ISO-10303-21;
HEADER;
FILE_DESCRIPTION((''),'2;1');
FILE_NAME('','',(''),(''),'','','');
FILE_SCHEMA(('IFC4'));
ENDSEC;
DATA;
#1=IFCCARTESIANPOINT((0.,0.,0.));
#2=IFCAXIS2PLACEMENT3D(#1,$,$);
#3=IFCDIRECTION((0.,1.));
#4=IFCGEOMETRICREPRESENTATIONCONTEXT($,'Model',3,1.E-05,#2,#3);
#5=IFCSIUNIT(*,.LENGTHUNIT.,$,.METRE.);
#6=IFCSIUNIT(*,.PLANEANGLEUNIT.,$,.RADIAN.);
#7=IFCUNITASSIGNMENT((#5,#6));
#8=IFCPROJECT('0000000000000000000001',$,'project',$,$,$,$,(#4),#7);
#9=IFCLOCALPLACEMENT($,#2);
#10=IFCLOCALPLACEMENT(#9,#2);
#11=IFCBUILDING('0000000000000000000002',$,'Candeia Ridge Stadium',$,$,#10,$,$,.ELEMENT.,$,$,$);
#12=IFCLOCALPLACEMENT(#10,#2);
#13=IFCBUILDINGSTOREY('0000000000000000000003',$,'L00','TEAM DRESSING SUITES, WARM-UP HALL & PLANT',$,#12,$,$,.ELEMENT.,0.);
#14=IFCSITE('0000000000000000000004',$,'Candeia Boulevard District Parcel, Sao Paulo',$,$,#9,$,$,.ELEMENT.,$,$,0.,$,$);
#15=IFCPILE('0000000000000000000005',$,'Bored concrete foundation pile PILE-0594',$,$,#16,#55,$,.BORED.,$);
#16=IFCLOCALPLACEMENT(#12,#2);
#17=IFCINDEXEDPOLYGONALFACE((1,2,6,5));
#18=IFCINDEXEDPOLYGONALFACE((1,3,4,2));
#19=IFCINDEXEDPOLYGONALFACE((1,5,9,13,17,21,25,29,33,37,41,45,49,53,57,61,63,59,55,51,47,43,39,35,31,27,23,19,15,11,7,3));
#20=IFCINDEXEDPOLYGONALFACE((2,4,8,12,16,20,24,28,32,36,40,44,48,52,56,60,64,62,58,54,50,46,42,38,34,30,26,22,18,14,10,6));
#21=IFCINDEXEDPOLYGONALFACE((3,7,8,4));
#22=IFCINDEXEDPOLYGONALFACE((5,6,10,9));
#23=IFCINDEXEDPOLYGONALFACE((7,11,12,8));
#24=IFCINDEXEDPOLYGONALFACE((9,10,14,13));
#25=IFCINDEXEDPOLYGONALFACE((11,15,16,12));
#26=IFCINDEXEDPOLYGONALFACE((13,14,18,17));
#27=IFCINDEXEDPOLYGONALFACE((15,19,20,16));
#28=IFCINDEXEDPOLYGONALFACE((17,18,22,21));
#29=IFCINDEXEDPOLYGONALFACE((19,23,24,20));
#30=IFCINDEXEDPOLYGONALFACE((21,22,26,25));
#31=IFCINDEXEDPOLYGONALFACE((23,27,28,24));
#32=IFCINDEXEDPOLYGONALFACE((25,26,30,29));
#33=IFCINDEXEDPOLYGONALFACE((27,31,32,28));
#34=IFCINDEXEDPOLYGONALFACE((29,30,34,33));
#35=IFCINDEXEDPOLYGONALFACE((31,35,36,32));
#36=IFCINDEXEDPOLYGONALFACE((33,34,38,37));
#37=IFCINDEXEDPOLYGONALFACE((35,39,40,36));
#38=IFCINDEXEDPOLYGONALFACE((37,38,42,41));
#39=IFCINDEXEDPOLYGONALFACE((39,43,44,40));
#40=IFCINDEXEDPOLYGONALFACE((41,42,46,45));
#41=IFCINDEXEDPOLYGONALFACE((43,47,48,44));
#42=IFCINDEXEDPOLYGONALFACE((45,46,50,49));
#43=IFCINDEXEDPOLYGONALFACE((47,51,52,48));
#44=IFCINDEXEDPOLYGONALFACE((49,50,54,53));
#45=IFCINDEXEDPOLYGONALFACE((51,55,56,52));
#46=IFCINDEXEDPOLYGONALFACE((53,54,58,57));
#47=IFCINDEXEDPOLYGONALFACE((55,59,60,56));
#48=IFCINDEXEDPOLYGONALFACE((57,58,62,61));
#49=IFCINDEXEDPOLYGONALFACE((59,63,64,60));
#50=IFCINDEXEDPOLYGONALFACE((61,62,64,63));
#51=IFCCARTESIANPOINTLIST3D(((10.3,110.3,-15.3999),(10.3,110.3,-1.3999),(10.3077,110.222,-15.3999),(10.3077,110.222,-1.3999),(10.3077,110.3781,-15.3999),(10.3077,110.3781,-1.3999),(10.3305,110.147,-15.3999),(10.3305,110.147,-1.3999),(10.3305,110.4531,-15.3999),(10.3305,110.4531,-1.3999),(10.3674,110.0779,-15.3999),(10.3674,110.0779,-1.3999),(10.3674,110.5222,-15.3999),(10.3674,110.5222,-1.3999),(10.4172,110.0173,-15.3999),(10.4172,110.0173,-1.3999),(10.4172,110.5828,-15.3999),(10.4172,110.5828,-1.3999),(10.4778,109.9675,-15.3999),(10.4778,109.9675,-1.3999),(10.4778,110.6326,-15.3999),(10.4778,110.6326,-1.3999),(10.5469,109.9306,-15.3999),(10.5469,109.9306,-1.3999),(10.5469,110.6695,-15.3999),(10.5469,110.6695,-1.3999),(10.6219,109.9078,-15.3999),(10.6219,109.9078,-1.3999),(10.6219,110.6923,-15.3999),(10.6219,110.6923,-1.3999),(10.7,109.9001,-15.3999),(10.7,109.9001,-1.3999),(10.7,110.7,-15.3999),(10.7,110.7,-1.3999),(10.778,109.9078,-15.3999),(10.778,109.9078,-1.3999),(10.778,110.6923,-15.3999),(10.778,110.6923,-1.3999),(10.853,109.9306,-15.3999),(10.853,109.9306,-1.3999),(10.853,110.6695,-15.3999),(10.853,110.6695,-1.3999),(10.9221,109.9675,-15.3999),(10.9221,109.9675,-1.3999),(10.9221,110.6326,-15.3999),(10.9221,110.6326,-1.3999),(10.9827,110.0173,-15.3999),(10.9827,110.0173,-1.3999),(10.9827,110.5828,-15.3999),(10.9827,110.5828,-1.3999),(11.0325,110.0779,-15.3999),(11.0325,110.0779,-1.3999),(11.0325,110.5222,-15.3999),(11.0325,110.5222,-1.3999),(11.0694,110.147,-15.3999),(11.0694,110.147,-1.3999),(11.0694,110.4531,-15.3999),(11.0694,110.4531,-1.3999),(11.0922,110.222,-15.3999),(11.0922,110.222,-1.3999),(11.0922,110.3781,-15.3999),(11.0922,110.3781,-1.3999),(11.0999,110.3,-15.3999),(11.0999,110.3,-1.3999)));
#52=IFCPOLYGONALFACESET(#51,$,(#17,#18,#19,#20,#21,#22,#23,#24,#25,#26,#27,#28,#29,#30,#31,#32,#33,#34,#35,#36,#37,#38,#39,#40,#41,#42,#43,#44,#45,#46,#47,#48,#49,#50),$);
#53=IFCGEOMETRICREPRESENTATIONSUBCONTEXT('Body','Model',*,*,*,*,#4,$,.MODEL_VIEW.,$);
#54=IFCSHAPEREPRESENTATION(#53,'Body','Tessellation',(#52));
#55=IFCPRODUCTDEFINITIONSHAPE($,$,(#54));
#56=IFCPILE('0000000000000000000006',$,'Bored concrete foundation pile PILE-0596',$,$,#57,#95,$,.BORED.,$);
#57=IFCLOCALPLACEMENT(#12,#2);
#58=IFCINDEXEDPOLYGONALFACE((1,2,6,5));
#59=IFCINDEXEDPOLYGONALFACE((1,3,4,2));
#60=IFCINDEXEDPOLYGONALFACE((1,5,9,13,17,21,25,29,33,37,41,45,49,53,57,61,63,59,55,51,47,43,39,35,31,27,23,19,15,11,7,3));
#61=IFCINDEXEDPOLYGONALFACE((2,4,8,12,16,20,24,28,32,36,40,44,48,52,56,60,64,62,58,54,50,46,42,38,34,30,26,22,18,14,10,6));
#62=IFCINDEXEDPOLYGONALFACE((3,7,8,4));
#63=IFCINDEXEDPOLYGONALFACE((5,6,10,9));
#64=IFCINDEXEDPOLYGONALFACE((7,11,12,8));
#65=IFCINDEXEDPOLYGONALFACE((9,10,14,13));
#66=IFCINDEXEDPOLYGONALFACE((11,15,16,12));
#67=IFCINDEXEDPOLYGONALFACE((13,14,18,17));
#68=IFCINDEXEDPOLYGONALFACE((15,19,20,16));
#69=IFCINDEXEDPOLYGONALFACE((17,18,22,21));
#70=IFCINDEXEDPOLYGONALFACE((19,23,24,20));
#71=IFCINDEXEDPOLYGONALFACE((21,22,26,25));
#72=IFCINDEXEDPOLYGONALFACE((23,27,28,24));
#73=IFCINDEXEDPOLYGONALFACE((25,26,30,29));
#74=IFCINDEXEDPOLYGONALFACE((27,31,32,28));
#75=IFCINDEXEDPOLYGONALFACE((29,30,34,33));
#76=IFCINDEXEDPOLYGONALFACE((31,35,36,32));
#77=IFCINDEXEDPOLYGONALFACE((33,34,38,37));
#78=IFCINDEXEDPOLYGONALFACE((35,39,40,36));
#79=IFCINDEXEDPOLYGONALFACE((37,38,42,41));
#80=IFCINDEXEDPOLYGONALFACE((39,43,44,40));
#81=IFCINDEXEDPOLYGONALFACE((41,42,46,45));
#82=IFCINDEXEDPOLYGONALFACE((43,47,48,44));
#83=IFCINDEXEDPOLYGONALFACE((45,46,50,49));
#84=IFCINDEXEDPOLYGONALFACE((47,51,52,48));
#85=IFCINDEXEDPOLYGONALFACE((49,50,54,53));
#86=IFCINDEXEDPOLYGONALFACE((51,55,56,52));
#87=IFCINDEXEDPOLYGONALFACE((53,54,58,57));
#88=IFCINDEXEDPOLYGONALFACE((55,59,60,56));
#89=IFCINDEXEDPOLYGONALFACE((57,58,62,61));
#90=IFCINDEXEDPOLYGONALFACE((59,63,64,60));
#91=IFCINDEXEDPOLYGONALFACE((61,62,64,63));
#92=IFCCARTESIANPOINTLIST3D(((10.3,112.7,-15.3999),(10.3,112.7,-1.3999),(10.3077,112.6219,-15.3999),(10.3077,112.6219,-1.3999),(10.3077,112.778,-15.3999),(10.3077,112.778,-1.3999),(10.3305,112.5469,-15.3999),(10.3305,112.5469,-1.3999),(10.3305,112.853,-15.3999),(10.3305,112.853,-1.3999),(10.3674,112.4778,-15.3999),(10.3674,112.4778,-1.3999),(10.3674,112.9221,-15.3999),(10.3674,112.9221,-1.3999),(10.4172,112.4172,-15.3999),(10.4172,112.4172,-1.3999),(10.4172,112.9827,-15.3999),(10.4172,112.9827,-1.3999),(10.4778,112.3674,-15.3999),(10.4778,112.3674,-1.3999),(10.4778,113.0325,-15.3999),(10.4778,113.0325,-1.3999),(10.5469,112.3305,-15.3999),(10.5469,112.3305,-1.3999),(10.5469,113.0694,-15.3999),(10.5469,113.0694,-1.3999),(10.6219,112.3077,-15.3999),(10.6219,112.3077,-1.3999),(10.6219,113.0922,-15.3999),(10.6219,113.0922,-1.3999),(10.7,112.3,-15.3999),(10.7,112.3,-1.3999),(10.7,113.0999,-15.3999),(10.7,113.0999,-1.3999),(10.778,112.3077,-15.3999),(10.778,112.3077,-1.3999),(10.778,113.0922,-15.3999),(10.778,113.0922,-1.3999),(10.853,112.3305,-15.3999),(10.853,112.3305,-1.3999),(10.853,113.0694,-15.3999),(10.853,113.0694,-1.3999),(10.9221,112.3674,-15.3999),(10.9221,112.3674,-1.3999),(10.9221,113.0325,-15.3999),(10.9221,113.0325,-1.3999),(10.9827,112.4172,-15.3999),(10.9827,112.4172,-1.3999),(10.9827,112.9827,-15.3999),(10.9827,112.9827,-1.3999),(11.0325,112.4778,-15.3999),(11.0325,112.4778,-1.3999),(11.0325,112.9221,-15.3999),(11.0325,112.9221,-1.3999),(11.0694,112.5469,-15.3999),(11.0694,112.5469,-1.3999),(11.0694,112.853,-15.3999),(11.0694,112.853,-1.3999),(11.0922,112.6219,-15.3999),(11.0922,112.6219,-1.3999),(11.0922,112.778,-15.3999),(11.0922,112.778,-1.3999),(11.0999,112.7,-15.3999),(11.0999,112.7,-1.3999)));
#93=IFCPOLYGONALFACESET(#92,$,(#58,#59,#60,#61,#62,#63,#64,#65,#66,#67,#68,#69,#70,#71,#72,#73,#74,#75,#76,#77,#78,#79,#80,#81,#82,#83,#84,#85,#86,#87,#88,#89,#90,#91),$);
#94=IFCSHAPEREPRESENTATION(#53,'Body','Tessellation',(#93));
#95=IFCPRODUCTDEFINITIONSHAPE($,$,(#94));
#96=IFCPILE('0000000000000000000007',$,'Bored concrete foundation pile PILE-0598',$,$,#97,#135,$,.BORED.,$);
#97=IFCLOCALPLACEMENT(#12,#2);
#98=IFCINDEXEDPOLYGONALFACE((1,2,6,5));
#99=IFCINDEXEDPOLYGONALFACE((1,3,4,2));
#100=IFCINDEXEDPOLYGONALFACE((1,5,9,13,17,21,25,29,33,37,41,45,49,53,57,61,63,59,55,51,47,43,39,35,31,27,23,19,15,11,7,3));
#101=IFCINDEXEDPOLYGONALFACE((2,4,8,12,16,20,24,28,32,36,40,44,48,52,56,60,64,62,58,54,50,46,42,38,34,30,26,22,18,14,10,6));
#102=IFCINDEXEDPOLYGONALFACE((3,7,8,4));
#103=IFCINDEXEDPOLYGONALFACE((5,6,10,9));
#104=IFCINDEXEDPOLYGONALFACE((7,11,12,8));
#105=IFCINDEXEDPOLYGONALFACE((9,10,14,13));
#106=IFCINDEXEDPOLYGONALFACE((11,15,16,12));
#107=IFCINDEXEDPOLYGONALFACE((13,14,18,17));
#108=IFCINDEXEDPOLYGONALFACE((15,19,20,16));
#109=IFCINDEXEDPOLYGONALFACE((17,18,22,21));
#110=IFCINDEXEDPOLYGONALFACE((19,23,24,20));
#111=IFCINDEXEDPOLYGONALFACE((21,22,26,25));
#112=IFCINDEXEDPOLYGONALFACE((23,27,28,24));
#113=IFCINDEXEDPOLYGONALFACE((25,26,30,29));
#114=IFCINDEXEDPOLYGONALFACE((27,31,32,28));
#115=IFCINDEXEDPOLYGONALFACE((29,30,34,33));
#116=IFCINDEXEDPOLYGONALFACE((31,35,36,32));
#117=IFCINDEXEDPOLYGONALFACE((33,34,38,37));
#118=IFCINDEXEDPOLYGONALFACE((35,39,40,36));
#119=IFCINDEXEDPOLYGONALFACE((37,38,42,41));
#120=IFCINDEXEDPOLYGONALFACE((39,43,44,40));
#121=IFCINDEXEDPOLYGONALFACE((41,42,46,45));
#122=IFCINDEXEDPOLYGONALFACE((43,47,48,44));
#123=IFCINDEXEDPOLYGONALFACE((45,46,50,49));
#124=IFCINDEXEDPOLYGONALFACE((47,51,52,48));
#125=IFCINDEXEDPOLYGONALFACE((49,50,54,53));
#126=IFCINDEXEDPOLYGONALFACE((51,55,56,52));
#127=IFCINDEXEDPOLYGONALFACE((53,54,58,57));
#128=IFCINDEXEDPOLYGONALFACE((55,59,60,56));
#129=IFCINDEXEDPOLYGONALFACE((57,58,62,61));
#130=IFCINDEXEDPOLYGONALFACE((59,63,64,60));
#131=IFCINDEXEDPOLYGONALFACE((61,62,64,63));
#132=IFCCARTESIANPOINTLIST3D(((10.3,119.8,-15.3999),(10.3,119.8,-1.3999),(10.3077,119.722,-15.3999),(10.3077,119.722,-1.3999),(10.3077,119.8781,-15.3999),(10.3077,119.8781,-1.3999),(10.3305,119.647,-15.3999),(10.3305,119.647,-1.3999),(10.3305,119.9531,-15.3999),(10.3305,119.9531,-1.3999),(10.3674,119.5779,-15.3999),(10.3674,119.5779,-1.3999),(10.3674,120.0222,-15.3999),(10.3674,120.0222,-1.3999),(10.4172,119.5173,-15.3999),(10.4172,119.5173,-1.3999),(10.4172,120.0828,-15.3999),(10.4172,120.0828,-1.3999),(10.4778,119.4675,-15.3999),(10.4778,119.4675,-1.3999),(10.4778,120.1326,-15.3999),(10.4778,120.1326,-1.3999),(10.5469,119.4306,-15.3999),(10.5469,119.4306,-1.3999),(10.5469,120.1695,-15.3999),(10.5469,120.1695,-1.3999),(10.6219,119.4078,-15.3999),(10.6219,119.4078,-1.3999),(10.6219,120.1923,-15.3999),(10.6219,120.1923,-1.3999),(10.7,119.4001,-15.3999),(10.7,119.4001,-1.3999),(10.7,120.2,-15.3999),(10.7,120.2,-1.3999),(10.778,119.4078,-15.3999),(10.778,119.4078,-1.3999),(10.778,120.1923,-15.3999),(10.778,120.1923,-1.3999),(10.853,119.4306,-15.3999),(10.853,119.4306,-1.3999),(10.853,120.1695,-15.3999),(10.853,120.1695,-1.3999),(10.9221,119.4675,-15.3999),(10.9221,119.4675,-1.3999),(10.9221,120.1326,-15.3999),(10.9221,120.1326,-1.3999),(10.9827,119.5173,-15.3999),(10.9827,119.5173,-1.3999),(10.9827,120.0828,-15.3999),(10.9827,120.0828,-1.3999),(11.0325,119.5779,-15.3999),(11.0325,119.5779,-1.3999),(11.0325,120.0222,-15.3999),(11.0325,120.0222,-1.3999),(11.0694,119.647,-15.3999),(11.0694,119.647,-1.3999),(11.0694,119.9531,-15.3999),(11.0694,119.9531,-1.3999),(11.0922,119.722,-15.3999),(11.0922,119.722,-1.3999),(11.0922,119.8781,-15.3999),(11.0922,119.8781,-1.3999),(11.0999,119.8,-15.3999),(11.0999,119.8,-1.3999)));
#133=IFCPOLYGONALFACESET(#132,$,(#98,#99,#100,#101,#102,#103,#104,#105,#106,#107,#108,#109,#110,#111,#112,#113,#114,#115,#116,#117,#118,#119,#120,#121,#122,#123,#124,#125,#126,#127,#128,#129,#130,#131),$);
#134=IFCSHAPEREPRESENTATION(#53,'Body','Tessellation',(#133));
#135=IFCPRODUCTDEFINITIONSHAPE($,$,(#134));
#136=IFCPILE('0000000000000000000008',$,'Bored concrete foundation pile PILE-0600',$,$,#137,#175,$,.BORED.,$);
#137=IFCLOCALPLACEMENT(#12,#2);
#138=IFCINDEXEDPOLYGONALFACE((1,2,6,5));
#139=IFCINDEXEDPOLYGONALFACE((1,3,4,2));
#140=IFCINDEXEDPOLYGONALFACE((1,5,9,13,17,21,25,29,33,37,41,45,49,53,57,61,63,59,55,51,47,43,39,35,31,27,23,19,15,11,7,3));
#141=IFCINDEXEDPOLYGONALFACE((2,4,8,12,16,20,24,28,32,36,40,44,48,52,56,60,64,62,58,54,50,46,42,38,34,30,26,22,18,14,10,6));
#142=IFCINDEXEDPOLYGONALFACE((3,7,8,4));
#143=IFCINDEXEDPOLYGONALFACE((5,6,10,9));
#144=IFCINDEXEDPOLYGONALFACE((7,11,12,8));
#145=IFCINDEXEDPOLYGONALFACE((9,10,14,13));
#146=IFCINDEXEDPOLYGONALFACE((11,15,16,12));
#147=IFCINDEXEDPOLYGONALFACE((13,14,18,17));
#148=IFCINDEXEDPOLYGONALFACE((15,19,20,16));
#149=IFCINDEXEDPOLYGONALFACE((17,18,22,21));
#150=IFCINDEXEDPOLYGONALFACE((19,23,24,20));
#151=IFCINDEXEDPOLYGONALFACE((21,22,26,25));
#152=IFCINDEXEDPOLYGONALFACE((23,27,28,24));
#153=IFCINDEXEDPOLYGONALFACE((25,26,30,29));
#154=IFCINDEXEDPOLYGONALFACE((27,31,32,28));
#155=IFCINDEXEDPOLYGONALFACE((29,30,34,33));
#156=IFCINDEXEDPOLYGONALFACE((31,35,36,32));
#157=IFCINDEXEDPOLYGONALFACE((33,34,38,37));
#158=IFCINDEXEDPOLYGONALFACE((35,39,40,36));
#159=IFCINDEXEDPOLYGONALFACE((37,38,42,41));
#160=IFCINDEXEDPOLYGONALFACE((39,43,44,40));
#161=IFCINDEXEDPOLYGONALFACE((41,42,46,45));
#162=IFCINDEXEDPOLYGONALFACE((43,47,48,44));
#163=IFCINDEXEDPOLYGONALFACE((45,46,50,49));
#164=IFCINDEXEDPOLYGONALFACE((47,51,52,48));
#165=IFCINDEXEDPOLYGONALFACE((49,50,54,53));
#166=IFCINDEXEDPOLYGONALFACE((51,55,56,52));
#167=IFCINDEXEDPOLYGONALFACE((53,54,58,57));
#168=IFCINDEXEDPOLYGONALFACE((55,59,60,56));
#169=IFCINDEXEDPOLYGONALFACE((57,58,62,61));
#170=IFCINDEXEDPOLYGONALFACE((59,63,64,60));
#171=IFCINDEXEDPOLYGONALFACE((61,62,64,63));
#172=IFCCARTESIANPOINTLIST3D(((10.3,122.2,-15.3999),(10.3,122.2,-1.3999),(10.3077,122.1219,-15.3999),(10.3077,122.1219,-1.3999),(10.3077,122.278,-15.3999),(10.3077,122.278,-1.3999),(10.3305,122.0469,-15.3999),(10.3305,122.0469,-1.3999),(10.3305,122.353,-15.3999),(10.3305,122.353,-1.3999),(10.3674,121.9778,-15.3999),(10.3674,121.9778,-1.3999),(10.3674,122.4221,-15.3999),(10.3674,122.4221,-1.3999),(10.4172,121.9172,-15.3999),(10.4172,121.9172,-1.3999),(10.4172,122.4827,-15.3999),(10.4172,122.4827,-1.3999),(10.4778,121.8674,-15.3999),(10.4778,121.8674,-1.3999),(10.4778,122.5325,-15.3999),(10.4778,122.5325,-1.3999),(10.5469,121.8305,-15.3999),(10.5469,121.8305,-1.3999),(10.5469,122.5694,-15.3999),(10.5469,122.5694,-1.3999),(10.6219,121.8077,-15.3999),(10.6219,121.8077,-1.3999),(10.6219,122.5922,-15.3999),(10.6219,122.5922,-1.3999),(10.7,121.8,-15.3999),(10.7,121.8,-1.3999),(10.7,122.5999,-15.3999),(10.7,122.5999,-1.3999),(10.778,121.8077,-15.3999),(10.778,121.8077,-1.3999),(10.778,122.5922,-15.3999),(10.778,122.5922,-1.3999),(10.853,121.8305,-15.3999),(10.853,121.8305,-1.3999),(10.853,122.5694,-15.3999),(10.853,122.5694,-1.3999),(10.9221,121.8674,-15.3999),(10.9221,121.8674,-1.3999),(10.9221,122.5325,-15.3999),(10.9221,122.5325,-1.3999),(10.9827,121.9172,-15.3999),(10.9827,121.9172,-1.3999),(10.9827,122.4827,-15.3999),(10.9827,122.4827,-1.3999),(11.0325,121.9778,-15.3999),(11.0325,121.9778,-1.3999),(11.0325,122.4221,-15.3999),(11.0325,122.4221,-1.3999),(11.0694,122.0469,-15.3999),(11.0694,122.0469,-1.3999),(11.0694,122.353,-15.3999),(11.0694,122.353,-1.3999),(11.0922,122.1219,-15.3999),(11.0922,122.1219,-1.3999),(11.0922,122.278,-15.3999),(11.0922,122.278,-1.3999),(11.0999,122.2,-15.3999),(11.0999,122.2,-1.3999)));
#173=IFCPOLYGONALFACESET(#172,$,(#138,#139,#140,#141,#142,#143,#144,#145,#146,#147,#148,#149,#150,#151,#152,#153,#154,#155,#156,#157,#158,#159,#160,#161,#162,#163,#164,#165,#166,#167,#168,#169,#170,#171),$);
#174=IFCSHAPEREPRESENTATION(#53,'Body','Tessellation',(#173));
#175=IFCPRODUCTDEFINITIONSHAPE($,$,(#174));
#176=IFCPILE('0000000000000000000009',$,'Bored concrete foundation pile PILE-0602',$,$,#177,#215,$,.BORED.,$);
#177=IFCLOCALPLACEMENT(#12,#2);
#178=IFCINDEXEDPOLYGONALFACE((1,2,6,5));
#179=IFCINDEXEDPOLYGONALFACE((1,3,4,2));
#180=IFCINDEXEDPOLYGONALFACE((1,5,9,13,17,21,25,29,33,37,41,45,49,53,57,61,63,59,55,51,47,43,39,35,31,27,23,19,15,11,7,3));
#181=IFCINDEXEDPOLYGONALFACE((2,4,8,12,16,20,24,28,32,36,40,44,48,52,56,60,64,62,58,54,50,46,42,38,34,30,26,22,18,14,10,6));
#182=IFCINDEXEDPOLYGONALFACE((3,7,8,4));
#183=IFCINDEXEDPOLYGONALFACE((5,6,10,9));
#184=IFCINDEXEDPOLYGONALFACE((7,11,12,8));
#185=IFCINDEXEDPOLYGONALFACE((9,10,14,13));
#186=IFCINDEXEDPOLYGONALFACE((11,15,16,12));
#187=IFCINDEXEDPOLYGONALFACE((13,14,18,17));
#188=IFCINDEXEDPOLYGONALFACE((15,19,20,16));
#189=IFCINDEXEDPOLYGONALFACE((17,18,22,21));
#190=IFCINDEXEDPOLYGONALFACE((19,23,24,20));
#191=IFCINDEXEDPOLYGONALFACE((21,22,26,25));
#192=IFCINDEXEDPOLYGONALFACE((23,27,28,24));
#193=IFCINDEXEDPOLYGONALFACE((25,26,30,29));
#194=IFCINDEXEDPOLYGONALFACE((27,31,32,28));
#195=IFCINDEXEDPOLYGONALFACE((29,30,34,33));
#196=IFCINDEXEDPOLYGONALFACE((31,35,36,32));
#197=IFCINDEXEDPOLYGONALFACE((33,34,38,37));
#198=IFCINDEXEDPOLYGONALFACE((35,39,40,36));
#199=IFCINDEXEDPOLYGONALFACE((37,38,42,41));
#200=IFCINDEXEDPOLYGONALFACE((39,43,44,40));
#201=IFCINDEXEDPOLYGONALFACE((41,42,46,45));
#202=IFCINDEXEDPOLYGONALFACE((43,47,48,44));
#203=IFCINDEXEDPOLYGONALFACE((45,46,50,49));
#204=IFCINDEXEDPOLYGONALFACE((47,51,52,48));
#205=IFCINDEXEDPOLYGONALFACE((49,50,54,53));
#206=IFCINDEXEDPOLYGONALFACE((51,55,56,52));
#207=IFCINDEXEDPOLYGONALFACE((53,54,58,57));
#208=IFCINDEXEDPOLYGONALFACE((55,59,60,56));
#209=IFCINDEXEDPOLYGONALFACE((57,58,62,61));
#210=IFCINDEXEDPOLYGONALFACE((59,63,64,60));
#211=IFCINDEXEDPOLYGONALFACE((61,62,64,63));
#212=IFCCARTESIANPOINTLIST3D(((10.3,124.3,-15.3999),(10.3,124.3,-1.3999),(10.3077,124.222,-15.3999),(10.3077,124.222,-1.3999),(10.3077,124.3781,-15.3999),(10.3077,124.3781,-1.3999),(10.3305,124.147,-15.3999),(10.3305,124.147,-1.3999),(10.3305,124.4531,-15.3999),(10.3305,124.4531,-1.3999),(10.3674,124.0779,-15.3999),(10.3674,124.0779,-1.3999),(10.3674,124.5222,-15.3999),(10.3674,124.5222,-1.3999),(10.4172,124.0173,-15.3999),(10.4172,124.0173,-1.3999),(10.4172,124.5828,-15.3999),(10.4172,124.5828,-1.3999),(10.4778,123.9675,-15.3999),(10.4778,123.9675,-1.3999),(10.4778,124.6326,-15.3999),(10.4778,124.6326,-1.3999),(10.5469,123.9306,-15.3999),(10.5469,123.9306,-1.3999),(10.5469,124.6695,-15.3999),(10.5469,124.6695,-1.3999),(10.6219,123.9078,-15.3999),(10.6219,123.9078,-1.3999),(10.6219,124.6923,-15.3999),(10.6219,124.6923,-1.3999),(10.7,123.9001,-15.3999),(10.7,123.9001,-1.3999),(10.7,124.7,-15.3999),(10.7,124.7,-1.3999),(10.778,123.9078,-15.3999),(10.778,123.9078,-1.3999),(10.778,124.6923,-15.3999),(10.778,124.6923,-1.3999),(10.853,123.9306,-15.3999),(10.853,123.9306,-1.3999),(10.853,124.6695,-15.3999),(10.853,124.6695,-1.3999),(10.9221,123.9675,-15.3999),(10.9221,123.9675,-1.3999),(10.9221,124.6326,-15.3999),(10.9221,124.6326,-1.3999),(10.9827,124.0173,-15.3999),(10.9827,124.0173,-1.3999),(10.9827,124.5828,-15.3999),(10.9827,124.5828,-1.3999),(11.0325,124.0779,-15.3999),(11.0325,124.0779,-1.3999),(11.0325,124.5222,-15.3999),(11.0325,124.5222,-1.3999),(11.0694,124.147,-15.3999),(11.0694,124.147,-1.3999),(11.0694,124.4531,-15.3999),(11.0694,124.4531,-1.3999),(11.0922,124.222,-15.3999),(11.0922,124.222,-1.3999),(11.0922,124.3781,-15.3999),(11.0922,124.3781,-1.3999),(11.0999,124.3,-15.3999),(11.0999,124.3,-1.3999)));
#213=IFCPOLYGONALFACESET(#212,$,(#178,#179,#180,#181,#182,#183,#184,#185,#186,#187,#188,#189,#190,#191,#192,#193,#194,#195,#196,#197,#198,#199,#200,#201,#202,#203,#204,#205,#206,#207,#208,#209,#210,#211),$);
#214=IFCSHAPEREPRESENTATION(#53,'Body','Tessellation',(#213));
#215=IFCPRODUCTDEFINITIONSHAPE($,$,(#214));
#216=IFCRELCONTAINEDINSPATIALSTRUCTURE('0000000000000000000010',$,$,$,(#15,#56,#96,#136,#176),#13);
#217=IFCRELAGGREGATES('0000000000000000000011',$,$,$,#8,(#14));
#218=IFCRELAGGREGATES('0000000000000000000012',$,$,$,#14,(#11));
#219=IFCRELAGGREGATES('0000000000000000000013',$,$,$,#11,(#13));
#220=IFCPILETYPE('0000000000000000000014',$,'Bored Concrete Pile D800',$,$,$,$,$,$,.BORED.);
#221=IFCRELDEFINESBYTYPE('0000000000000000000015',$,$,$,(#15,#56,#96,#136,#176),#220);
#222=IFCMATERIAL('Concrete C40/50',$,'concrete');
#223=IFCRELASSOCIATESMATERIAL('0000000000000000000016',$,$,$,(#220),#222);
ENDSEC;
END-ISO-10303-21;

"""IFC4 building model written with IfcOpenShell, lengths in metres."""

from ifc_helpers import new_model, si_unit, direction, frame, origin, origin_2d, place, context, subcontext, project, spatial, circle, extrude, material, material_profile, profile_set, type_object, element, save


model = new_model("IFC4")

# Units and contexts
model_context = context("Model", 3, precision=1e-05, world=origin(), true_north=direction((0.0, 1.0)))
body_context = subcontext(model_context, "Body", "Model", "MODEL_VIEW")
ifc_project = project(units=[si_unit("LENGTHUNIT", "METRE"), si_unit("PLANEANGLEUNIT", "RADIAN")], contexts=[model_context])

# Site, building, storey
site_placement = place(None, origin())
site = spatial("IfcSite", under=ifc_project, at=site_placement, Name="Candeia Boulevard District Parcel, Sao Paulo", CompositionType="ELEMENT", RefElevation=0.0)
building_placement = place(site_placement, origin())
building = spatial("IfcBuilding", under=site, at=building_placement, Name="Candeia Ridge Stadium", CompositionType="ELEMENT")
storey_placement = place(building_placement, origin())
storey = spatial("IfcBuildingStorey", under=building, at=storey_placement, Name="L00", Description="TEAM DRESSING SUITES, WARM-UP HALL & PLANT", CompositionType="ELEMENT", Elevation=0.0)

# Piles
ifc_material_1 = material(Name="Concrete C40/50", Category="concrete")
ifc_material_profile_1 = material_profile(ifc_material_1, circle(Radius=0.3999, at=origin_2d()), Name="PILE-D800", Category="concrete")
ifc_profile_set_1 = profile_set([ifc_material_profile_1], Name="Concrete C40/50")
pile_type = type_object("IfcPileType", Name="Bored Concrete Pile D800", PredefinedType="BORED", material=ifc_profile_set_1)
for number, where, z_axis, x_axis, name in (
    (1, (10.7, 110.3, -1.3999), (0.0, 0.0, -1.0), (1.0, 0.0, 0.0), "Bored concrete foundation pile PILE-0594"),
    (2, (10.7, 112.7, -1.3999), (0.0, 0.0, -1.0), (1.0, 0.0, 0.0), "Bored concrete foundation pile PILE-0596"),
    (3, (10.7, 119.8, -1.3999), (0.0, 0.0, -1.0), (1.0, 0.0, 0.0), "Bored concrete foundation pile PILE-0598"),
    (4, (10.7, 122.2, -1.3999), (0.0, 0.0, -1.0), (1.0, 0.0, 0.0), "Bored concrete foundation pile PILE-0600"),
    (5, (10.7, 124.3, -1.3999), (0.0, 0.0, -1.0), (1.0, 0.0, 0.0), "Bored concrete foundation pile PILE-0602"),
):
    element("IfcPile", number, at=place(storey_placement, frame(where, z_axis=z_axis, x_axis=x_axis)), inside=storey, type_object=pile_type, Name=name, PredefinedType="BORED", context=body_context, shape_type="SweptSolid", body=[
        extrude(circle(Radius=0.3999, at=origin_2d()), origin(), (0.0, 0.0, 1.0), 14.0),
    ])

save(model, "model.ifc")
